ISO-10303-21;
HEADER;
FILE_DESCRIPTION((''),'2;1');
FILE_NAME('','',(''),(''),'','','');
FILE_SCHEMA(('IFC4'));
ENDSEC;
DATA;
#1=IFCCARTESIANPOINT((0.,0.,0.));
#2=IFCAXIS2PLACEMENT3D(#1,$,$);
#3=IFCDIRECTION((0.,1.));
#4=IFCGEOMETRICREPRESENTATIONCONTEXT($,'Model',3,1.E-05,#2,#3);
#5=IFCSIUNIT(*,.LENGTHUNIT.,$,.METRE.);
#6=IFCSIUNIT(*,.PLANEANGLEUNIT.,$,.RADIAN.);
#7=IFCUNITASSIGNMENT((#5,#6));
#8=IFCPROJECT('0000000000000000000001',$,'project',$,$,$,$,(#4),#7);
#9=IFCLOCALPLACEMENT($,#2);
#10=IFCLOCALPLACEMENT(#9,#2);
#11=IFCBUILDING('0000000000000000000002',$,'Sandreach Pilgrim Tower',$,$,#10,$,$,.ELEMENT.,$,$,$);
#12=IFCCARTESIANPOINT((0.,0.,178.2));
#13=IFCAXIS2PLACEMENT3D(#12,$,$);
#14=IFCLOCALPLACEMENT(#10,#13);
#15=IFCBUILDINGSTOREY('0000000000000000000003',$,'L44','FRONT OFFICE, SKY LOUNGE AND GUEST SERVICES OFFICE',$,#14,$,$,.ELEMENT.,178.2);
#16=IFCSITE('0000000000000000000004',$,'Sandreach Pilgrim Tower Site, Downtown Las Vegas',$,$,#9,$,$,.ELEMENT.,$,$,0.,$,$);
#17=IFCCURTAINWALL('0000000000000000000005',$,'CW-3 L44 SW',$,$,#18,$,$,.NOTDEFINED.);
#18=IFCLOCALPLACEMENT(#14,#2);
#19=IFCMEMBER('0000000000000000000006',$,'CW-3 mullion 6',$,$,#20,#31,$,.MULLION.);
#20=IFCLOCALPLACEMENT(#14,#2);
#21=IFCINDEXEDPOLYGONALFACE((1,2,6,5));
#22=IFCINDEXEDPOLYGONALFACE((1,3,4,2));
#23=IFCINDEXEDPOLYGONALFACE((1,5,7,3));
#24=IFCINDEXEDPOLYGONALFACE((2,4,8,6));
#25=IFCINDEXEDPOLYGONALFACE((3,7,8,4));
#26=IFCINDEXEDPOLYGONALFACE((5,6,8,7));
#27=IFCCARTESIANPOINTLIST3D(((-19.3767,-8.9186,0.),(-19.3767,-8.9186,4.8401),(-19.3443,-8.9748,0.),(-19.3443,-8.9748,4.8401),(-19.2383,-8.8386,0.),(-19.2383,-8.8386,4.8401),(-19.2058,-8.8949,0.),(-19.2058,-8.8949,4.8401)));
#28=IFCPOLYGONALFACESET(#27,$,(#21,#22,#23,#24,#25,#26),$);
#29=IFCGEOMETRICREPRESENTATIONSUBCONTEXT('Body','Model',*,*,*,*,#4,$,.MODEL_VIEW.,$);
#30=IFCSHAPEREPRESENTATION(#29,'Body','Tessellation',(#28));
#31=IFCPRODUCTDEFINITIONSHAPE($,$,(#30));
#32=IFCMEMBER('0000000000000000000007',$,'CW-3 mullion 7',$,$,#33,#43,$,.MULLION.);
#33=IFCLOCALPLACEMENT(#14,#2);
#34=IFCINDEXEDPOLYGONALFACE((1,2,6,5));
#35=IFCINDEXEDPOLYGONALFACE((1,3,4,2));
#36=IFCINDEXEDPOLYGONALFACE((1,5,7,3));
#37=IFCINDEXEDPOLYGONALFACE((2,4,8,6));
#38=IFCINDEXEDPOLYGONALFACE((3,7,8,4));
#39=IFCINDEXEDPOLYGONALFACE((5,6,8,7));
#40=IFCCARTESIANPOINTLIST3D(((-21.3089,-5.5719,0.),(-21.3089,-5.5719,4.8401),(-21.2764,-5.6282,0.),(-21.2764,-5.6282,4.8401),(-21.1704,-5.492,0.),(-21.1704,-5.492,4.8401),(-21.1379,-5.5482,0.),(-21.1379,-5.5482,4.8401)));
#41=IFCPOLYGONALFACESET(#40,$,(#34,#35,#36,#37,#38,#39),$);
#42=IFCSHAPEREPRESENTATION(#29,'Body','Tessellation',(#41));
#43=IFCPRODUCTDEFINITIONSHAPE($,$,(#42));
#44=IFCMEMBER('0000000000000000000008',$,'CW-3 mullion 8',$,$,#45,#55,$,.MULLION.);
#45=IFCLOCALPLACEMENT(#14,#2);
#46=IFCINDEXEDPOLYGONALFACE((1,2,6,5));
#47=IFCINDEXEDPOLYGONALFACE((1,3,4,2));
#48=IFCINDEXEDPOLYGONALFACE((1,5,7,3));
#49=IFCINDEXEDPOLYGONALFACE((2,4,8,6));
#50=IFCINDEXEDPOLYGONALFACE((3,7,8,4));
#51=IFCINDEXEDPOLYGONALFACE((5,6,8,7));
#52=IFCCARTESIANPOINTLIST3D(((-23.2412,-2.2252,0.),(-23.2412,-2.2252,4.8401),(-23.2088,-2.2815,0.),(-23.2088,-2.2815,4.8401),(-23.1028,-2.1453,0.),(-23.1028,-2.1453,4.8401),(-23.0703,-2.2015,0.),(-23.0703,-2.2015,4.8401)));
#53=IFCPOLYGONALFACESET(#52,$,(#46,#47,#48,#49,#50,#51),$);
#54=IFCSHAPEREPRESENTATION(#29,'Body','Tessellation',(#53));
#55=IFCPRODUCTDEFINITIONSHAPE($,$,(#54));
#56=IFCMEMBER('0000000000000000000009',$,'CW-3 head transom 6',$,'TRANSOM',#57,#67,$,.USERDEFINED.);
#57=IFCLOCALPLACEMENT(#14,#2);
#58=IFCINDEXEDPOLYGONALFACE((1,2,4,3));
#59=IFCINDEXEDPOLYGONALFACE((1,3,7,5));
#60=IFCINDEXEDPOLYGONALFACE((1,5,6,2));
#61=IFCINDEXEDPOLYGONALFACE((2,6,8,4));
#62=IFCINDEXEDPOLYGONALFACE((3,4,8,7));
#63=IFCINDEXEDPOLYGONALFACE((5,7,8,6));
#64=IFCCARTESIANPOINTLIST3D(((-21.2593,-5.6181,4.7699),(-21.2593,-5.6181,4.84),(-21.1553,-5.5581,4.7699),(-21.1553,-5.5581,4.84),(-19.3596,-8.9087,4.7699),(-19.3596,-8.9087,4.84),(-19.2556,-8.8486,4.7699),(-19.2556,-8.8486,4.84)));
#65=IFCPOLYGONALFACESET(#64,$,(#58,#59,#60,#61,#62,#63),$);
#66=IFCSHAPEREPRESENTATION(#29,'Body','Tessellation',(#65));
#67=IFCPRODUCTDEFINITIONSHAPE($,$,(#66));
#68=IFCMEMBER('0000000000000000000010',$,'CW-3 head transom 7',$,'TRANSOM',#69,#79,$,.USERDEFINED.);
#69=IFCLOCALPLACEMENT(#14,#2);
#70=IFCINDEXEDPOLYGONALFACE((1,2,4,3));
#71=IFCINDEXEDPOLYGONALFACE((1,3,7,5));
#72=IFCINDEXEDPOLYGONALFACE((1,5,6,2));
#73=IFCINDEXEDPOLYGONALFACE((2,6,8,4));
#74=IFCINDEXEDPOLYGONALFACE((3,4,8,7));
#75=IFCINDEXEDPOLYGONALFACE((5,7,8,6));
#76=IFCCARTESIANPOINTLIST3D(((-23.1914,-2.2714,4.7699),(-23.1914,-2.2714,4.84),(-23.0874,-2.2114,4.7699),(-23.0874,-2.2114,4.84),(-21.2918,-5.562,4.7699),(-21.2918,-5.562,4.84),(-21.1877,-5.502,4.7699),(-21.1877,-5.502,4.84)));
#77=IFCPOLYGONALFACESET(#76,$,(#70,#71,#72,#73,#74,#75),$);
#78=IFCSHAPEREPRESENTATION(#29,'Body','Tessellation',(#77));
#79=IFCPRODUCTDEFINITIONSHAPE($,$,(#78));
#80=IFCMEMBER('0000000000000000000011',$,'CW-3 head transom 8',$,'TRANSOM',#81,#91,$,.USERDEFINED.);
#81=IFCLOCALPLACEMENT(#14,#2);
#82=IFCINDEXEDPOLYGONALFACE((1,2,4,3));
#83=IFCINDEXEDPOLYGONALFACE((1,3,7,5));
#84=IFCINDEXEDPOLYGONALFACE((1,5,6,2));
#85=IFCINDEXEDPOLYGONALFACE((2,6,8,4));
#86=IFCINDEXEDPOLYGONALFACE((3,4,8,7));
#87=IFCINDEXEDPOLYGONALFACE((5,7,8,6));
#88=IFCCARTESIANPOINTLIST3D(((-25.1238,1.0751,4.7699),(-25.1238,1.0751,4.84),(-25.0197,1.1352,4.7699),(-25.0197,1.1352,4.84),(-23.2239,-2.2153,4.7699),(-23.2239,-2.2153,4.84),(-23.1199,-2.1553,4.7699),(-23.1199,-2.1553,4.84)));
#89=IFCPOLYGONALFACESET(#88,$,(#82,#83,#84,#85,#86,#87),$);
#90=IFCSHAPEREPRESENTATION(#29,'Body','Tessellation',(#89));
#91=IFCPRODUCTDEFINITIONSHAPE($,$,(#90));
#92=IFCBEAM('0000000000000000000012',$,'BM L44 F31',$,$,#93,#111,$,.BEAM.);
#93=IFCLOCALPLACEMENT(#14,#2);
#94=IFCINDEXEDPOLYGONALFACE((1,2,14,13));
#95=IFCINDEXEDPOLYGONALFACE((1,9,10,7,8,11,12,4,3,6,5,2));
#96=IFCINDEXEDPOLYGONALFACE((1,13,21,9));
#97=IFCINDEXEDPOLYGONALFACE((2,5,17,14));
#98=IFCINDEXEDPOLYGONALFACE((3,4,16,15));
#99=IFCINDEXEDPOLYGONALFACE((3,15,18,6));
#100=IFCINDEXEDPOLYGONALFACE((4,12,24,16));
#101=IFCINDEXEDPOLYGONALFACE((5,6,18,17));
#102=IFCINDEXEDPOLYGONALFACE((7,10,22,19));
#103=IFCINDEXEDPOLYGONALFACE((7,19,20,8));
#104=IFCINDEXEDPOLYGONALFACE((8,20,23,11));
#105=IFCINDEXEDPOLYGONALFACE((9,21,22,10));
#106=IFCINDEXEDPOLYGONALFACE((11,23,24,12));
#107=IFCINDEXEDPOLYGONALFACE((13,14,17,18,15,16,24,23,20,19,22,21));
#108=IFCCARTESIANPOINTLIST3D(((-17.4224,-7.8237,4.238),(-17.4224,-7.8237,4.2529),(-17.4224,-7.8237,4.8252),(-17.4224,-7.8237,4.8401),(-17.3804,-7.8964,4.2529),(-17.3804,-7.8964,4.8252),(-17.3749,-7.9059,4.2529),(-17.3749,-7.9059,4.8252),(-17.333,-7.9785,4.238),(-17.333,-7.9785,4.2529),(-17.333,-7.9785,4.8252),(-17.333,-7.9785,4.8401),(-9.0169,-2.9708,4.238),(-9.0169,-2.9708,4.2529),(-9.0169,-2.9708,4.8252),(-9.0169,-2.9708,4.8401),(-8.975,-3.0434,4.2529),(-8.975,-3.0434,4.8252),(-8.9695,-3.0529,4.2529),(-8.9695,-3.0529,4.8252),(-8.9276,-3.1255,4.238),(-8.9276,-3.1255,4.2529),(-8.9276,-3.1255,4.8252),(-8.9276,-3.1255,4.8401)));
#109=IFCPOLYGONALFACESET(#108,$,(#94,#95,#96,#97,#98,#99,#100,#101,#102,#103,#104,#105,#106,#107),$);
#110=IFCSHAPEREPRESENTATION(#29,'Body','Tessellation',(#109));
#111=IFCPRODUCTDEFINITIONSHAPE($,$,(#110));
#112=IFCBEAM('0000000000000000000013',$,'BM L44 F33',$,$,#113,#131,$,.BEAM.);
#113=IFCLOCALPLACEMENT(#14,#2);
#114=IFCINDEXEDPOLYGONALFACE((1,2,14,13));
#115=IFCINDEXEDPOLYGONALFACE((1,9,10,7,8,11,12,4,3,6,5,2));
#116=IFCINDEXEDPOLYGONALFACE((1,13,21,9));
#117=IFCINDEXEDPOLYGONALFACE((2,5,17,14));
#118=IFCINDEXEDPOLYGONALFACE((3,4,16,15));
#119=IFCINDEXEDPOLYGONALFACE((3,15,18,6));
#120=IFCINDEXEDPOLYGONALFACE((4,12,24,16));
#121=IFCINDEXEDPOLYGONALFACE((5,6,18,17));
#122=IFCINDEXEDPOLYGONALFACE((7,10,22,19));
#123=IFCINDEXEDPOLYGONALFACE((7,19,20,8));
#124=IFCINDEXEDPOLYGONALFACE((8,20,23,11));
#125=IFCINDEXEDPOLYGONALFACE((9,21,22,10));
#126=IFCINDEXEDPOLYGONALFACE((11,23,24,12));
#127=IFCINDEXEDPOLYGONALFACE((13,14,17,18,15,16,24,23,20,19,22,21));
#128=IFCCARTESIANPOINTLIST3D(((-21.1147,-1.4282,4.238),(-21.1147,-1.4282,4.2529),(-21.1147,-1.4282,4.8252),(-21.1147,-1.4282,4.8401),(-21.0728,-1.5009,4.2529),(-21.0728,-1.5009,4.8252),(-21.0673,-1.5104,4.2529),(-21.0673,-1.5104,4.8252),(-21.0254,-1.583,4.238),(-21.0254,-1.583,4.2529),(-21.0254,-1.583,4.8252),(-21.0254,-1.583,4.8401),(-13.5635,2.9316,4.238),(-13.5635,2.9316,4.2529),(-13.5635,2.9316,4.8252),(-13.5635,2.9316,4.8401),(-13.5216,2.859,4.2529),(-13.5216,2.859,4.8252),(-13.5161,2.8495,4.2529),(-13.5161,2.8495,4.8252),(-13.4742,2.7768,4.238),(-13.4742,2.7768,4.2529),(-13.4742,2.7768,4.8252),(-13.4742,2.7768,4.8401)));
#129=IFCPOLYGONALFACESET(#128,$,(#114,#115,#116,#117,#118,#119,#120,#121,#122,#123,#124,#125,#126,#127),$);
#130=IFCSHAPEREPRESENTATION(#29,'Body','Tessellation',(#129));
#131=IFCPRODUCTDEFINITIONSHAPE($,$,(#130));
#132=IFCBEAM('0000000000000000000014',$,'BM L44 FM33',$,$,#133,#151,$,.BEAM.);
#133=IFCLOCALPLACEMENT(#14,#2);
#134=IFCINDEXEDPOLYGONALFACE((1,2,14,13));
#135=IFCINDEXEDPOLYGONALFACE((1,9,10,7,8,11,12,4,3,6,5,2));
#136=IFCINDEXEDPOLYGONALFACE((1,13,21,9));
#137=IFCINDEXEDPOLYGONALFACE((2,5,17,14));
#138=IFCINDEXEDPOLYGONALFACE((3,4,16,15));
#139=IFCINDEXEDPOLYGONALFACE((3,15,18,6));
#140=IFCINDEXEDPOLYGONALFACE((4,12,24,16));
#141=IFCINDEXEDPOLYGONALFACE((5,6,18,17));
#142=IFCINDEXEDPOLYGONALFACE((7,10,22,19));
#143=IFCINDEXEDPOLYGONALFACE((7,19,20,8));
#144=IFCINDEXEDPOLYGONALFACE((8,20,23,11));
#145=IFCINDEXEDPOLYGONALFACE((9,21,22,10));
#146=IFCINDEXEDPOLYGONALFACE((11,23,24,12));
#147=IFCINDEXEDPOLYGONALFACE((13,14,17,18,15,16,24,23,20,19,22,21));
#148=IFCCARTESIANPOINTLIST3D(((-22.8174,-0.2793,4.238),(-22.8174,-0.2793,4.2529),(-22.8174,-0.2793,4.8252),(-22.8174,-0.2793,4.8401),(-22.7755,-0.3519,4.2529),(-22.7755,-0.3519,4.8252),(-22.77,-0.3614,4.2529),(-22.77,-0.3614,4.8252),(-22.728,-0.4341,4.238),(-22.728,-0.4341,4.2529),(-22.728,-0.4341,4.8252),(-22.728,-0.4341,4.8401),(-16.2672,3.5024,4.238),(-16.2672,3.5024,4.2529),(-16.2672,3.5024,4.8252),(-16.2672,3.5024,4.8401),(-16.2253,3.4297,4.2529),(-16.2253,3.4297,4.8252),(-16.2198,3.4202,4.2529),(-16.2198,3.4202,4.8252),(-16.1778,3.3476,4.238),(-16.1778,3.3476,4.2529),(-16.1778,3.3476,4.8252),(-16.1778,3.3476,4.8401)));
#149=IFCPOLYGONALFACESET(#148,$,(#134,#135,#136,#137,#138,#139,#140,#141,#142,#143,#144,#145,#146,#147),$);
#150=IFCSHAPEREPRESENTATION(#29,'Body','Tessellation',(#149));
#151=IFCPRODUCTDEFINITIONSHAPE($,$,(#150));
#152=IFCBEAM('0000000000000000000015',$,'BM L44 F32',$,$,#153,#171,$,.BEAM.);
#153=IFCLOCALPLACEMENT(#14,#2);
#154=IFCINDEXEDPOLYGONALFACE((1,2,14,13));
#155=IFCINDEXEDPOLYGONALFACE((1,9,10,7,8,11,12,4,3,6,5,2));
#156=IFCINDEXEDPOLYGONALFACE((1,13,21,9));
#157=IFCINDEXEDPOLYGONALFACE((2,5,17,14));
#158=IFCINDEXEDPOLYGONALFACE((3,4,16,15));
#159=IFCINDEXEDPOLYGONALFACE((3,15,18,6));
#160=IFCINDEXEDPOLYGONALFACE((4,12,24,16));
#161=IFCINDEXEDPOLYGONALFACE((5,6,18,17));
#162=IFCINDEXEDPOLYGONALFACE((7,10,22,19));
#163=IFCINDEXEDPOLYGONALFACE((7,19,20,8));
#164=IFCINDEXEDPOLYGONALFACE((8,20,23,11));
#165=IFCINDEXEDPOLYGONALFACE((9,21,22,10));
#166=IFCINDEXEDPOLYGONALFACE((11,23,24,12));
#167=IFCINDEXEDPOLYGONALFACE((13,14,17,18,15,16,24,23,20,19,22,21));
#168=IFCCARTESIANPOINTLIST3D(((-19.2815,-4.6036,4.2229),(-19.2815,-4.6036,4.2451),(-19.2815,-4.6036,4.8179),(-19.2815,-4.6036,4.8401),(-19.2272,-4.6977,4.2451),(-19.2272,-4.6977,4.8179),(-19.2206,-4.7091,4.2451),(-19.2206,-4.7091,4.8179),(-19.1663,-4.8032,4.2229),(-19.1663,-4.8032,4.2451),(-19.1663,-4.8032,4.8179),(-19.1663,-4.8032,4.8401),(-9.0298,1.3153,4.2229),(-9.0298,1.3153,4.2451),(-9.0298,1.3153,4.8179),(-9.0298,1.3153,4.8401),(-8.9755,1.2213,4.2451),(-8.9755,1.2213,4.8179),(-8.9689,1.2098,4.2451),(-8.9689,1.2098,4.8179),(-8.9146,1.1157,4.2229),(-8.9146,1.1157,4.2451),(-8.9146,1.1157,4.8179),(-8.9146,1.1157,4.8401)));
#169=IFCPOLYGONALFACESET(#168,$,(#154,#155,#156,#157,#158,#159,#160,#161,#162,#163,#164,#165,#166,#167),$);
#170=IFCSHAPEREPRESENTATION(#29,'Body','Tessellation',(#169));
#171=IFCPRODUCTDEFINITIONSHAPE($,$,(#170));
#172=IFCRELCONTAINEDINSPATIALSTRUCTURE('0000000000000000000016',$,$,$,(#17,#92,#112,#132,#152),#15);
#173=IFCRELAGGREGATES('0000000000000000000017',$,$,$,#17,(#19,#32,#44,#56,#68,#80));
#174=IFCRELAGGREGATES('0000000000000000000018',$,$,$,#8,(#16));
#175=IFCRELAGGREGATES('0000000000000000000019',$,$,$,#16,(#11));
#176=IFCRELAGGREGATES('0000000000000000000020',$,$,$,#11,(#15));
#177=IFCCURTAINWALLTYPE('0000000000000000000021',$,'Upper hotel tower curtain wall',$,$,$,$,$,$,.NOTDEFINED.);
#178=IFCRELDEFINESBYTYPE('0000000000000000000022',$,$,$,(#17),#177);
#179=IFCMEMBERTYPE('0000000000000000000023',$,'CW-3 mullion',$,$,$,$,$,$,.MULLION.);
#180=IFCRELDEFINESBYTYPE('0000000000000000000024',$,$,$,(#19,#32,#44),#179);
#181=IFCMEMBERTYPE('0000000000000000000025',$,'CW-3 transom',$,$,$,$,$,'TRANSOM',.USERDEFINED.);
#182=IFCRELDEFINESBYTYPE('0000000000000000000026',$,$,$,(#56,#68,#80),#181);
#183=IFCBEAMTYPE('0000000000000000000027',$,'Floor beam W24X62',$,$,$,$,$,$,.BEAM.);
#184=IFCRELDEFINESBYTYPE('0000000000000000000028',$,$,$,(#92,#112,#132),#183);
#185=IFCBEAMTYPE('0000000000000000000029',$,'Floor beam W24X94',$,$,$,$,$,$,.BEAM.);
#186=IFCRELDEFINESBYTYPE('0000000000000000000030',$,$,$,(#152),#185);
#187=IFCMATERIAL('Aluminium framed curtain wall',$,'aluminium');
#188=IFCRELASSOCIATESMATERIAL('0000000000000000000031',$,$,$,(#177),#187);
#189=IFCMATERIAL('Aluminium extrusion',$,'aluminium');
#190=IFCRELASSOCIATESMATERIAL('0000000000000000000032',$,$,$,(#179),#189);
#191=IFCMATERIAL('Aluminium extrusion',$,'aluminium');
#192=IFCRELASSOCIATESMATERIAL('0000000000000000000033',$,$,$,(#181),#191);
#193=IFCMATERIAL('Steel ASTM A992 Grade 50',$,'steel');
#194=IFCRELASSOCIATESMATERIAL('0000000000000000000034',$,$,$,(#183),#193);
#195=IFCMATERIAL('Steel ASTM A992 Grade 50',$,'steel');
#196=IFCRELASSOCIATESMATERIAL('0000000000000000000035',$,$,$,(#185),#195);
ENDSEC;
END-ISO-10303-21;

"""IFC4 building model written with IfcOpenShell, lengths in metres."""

from ifc_helpers import new_model, si_unit, direction, frame, origin, origin_2d, place, context, subcontext, project, spatial, rectangle, i_section, extrude, material, material_profile, profile_set, type_object, element, aggregate, save


model = new_model("IFC4")

# Units and contexts
model_context = context("Model", 3, precision=1e-05, world=origin(), true_north=direction((0.0, 1.0)))
body_context = subcontext(model_context, "Body", "Model", "MODEL_VIEW")
ifc_project = project(units=[si_unit("LENGTHUNIT", "METRE"), si_unit("PLANEANGLEUNIT", "RADIAN")], contexts=[model_context])

# Site, building, storey
site_placement = place(None, origin())
site = spatial("IfcSite", under=ifc_project, at=site_placement, Name="Sandreach Pilgrim Tower Site, Downtown Las Vegas", CompositionType="ELEMENT", RefElevation=0.0)
building_placement = place(site_placement, origin())
building = spatial("IfcBuilding", under=site, at=building_placement, Name="Sandreach Pilgrim Tower", CompositionType="ELEMENT")
storey_placement = place(building_placement, frame((0.0, 0.0, 178.2)))
storey = spatial("IfcBuildingStorey", under=building, at=storey_placement, Name="L44", Description="FRONT OFFICE, SKY LOUNGE AND GUEST SERVICES OFFICE", CompositionType="ELEMENT", Elevation=178.2)

# Curtain wall, members
ifc_material_1 = material(Name="Aluminium framed curtain wall", Category="aluminium")
curtain_wall_type = type_object("IfcCurtainWallType", Name="Upper hotel tower curtain wall", PredefinedType="NOTDEFINED", material=ifc_material_1)
curtain_wall_placement = place(storey_placement, origin())
curtain_wall = element("IfcCurtainWall", 1, at=curtain_wall_placement, inside=storey, type_object=curtain_wall_type, Name="CW-3 L44 SW", PredefinedType="NOTDEFINED")
ifc_material_2 = material(Name="Aluminium extrusion", Category="aluminium")
ifc_material_profile_1 = material_profile(ifc_material_2, rectangle(XDim=0.0649, YDim=0.1599, at=origin_2d()), Name="CW-3M 65X160")
ifc_profile_set_1 = profile_set([ifc_material_profile_1], Name="Aluminium extrusion")
member_type_1 = type_object("IfcMemberType", Name="CW-3 mullion", PredefinedType="MULLION", material=ifc_profile_set_1)
member_1_placement = place(storey_placement, frame((-19.2913, -8.9067, 0.0), z_axis=(0.0, 0.0, 1.0), x_axis=(-0.5, 0.866025, 0.0)))
member_1 = element("IfcMember", 2, at=member_1_placement, type_object=member_type_1, Name="CW-3 mullion 6", PredefinedType="MULLION", context=body_context, shape_type="SweptSolid", body=[
    extrude(rectangle(XDim=0.0649, YDim=0.1599, at=origin_2d()), origin(), (0.0, 0.0, 1.0), 4.8401),
])
member_2_placement = place(storey_placement, frame((-21.2234, -5.5601, 0.0), z_axis=(0.0, 0.0, 1.0), x_axis=(-0.5, 0.866025, 0.0)))
member_2 = element("IfcMember", 3, at=member_2_placement, type_object=member_type_1, Name="CW-3 mullion 7", PredefinedType="MULLION", context=body_context, shape_type="SweptSolid", body=[
    extrude(rectangle(XDim=0.0649, YDim=0.1599, at=origin_2d()), origin(), (0.0, 0.0, 1.0), 4.8401),
])
member_3_placement = place(storey_placement, frame((-23.1558, -2.2134, 0.0), z_axis=(0.0, 0.0, 1.0), x_axis=(-0.5, 0.866025, 0.0)))
member_3 = element("IfcMember", 4, at=member_3_placement, type_object=member_type_1, Name="CW-3 mullion 8", PredefinedType="MULLION", context=body_context, shape_type="SweptSolid", body=[
    extrude(rectangle(XDim=0.0649, YDim=0.1599, at=origin_2d()), origin(), (0.0, 0.0, 1.0), 4.8401),
])
ifc_material_3 = material(Name="Aluminium extrusion", Category="aluminium")
ifc_material_profile_2 = material_profile(ifc_material_3, rectangle(XDim=0.1201, YDim=0.0701, at=origin_2d()), Name="CW-3T 120X70")
ifc_profile_set_2 = profile_set([ifc_material_profile_2], Name="Aluminium extrusion")
member_type_2 = type_object("IfcMemberType", Name="CW-3 transom", ElementType="TRANSOM", PredefinedType="USERDEFINED", material=ifc_profile_set_2)
member_4_placement = place(storey_placement, frame((-19.3076, -8.8787, 4.8049), z_axis=(-0.499975, 0.86604, 0.0), x_axis=(-0.86604, -0.499975, 0.0)))
member_4 = element("IfcMember", 5, at=member_4_placement, type_object=member_type_2, Name="CW-3 head transom 6", ObjectType="TRANSOM", PredefinedType="USERDEFINED", context=body_context, shape_type="SweptSolid", body=[
    extrude(rectangle(XDim=0.1201, YDim=0.0701, at=origin_2d()), origin(), (0.0, 0.0, 1.0), 3.7996),
])
member_5_placement = place(storey_placement, frame((-21.2397, -5.532, 4.8049), z_axis=(-0.499975, 0.86604, 0.0), x_axis=(-0.86604, -0.499975, 0.0)))
member_5 = element("IfcMember", 6, at=member_5_placement, type_object=member_type_2, Name="CW-3 head transom 7", ObjectType="TRANSOM", PredefinedType="USERDEFINED", context=body_context, shape_type="SweptSolid", body=[
    extrude(rectangle(XDim=0.1201, YDim=0.0701, at=origin_2d()), origin(), (0.0, 0.0, 1.0), 3.7996),
])
member_6_placement = place(storey_placement, frame((-23.1719, -2.1853, 4.8049), z_axis=(-0.500023, 0.866012, 0.0), x_axis=(-0.866012, -0.500023, 0.0)))
member_6 = element("IfcMember", 7, at=member_6_placement, type_object=member_type_2, Name="CW-3 head transom 8", ObjectType="TRANSOM", PredefinedType="USERDEFINED", context=body_context, shape_type="SweptSolid", body=[
    extrude(rectangle(XDim=0.1201, YDim=0.0701, at=origin_2d()), origin(), (0.0, 0.0, 1.0), 3.7996),
])

# Beams
ifc_material_4 = material(Name="Steel ASTM A992 Grade 50", Category="steel")
ifc_material_profile_3 = material_profile(ifc_material_4, i_section(OverallWidth=0.1787, OverallDepth=0.6021, WebThickness=0.011, FlangeThickness=0.0149, at=origin_2d()), Name="W24X62")
ifc_profile_set_3 = profile_set([ifc_material_profile_3], Name="Steel ASTM A992 Grade 50")
beam_type_1 = type_object("IfcBeamType", Name="Floor beam W24X62", PredefinedType="BEAM", material=ifc_profile_set_3)
beam_1_placement = place(storey_placement, frame((-17.3777, -7.9011, 4.5391), z_axis=(0.866021, 0.500008, 0.0), x_axis=(-0.500008, 0.866021, 0.0)))
element("IfcBeam", 8, at=beam_1_placement, inside=storey, type_object=beam_type_1, Name="BM L44 F31", PredefinedType="BEAM", context=body_context, shape_type="SweptSolid", body=[
    extrude(i_section(OverallWidth=0.1787, OverallDepth=0.6021, WebThickness=0.011, FlangeThickness=0.0149, at=origin_2d()), origin(), (0.0, 0.0, 1.0), 9.7058),
])
beam_2_placement = place(storey_placement, frame((-21.0701, -1.5056, 4.5391), z_axis=(0.866019, 0.500012, 0.0), x_axis=(-0.500012, 0.866019, 0.0)))
element("IfcBeam", 9, at=beam_2_placement, inside=storey, type_object=beam_type_1, Name="BM L44 F33", PredefinedType="BEAM", context=body_context, shape_type="SweptSolid", body=[
    extrude(i_section(OverallWidth=0.1787, OverallDepth=0.6021, WebThickness=0.011, FlangeThickness=0.0149, at=origin_2d()), origin(), (0.0, 0.0, 1.0), 8.7195),
])
beam_3_placement = place(storey_placement, frame((-22.7727, -0.3567, 4.5391), z_axis=(0.86603, 0.499993, 0.0), x_axis=(-0.499993, 0.86603, 0.0)))
element("IfcBeam", 10, at=beam_3_placement, inside=storey, type_object=beam_type_1, Name="BM L44 FM33", PredefinedType="BEAM", context=body_context, shape_type="SweptSolid", body=[
    extrude(i_section(OverallWidth=0.1787, OverallDepth=0.6021, WebThickness=0.011, FlangeThickness=0.0149, at=origin_2d()), origin(), (0.0, 0.0, 1.0), 7.5635),
])
ifc_material_5 = material(Name="Steel ASTM A992 Grade 50", Category="steel")
ifc_material_profile_4 = material_profile(ifc_material_5, i_section(OverallWidth=0.2305, OverallDepth=0.6172, WebThickness=0.0132, FlangeThickness=0.0222, at=origin_2d()), Name="W24X94")
ifc_profile_set_4 = profile_set([ifc_material_profile_4], Name="Steel ASTM A992 Grade 50")
beam_type_2 = type_object("IfcBeamType", Name="Floor beam W24X94", PredefinedType="BEAM", material=ifc_profile_set_4)
beam_4_placement = place(storey_placement, frame((-19.2239, -4.7034, 4.5315), z_axis=(0.866021, 0.500007, 0.0), x_axis=(-0.500007, 0.866021, 0.0)))
element("IfcBeam", 11, at=beam_4_placement, inside=storey, type_object=beam_type_2, Name="BM L44 F32", PredefinedType="BEAM", context=body_context, shape_type="SweptSolid", body=[
    extrude(i_section(OverallWidth=0.2305, OverallDepth=0.6172, WebThickness=0.0132, FlangeThickness=0.0222, at=origin_2d()), origin(), (0.0, 0.0, 1.0), 11.8376),
])

aggregate(curtain_wall, [member_1, member_2, member_3, member_4, member_5, member_6])

save(model, "model.ifc")
